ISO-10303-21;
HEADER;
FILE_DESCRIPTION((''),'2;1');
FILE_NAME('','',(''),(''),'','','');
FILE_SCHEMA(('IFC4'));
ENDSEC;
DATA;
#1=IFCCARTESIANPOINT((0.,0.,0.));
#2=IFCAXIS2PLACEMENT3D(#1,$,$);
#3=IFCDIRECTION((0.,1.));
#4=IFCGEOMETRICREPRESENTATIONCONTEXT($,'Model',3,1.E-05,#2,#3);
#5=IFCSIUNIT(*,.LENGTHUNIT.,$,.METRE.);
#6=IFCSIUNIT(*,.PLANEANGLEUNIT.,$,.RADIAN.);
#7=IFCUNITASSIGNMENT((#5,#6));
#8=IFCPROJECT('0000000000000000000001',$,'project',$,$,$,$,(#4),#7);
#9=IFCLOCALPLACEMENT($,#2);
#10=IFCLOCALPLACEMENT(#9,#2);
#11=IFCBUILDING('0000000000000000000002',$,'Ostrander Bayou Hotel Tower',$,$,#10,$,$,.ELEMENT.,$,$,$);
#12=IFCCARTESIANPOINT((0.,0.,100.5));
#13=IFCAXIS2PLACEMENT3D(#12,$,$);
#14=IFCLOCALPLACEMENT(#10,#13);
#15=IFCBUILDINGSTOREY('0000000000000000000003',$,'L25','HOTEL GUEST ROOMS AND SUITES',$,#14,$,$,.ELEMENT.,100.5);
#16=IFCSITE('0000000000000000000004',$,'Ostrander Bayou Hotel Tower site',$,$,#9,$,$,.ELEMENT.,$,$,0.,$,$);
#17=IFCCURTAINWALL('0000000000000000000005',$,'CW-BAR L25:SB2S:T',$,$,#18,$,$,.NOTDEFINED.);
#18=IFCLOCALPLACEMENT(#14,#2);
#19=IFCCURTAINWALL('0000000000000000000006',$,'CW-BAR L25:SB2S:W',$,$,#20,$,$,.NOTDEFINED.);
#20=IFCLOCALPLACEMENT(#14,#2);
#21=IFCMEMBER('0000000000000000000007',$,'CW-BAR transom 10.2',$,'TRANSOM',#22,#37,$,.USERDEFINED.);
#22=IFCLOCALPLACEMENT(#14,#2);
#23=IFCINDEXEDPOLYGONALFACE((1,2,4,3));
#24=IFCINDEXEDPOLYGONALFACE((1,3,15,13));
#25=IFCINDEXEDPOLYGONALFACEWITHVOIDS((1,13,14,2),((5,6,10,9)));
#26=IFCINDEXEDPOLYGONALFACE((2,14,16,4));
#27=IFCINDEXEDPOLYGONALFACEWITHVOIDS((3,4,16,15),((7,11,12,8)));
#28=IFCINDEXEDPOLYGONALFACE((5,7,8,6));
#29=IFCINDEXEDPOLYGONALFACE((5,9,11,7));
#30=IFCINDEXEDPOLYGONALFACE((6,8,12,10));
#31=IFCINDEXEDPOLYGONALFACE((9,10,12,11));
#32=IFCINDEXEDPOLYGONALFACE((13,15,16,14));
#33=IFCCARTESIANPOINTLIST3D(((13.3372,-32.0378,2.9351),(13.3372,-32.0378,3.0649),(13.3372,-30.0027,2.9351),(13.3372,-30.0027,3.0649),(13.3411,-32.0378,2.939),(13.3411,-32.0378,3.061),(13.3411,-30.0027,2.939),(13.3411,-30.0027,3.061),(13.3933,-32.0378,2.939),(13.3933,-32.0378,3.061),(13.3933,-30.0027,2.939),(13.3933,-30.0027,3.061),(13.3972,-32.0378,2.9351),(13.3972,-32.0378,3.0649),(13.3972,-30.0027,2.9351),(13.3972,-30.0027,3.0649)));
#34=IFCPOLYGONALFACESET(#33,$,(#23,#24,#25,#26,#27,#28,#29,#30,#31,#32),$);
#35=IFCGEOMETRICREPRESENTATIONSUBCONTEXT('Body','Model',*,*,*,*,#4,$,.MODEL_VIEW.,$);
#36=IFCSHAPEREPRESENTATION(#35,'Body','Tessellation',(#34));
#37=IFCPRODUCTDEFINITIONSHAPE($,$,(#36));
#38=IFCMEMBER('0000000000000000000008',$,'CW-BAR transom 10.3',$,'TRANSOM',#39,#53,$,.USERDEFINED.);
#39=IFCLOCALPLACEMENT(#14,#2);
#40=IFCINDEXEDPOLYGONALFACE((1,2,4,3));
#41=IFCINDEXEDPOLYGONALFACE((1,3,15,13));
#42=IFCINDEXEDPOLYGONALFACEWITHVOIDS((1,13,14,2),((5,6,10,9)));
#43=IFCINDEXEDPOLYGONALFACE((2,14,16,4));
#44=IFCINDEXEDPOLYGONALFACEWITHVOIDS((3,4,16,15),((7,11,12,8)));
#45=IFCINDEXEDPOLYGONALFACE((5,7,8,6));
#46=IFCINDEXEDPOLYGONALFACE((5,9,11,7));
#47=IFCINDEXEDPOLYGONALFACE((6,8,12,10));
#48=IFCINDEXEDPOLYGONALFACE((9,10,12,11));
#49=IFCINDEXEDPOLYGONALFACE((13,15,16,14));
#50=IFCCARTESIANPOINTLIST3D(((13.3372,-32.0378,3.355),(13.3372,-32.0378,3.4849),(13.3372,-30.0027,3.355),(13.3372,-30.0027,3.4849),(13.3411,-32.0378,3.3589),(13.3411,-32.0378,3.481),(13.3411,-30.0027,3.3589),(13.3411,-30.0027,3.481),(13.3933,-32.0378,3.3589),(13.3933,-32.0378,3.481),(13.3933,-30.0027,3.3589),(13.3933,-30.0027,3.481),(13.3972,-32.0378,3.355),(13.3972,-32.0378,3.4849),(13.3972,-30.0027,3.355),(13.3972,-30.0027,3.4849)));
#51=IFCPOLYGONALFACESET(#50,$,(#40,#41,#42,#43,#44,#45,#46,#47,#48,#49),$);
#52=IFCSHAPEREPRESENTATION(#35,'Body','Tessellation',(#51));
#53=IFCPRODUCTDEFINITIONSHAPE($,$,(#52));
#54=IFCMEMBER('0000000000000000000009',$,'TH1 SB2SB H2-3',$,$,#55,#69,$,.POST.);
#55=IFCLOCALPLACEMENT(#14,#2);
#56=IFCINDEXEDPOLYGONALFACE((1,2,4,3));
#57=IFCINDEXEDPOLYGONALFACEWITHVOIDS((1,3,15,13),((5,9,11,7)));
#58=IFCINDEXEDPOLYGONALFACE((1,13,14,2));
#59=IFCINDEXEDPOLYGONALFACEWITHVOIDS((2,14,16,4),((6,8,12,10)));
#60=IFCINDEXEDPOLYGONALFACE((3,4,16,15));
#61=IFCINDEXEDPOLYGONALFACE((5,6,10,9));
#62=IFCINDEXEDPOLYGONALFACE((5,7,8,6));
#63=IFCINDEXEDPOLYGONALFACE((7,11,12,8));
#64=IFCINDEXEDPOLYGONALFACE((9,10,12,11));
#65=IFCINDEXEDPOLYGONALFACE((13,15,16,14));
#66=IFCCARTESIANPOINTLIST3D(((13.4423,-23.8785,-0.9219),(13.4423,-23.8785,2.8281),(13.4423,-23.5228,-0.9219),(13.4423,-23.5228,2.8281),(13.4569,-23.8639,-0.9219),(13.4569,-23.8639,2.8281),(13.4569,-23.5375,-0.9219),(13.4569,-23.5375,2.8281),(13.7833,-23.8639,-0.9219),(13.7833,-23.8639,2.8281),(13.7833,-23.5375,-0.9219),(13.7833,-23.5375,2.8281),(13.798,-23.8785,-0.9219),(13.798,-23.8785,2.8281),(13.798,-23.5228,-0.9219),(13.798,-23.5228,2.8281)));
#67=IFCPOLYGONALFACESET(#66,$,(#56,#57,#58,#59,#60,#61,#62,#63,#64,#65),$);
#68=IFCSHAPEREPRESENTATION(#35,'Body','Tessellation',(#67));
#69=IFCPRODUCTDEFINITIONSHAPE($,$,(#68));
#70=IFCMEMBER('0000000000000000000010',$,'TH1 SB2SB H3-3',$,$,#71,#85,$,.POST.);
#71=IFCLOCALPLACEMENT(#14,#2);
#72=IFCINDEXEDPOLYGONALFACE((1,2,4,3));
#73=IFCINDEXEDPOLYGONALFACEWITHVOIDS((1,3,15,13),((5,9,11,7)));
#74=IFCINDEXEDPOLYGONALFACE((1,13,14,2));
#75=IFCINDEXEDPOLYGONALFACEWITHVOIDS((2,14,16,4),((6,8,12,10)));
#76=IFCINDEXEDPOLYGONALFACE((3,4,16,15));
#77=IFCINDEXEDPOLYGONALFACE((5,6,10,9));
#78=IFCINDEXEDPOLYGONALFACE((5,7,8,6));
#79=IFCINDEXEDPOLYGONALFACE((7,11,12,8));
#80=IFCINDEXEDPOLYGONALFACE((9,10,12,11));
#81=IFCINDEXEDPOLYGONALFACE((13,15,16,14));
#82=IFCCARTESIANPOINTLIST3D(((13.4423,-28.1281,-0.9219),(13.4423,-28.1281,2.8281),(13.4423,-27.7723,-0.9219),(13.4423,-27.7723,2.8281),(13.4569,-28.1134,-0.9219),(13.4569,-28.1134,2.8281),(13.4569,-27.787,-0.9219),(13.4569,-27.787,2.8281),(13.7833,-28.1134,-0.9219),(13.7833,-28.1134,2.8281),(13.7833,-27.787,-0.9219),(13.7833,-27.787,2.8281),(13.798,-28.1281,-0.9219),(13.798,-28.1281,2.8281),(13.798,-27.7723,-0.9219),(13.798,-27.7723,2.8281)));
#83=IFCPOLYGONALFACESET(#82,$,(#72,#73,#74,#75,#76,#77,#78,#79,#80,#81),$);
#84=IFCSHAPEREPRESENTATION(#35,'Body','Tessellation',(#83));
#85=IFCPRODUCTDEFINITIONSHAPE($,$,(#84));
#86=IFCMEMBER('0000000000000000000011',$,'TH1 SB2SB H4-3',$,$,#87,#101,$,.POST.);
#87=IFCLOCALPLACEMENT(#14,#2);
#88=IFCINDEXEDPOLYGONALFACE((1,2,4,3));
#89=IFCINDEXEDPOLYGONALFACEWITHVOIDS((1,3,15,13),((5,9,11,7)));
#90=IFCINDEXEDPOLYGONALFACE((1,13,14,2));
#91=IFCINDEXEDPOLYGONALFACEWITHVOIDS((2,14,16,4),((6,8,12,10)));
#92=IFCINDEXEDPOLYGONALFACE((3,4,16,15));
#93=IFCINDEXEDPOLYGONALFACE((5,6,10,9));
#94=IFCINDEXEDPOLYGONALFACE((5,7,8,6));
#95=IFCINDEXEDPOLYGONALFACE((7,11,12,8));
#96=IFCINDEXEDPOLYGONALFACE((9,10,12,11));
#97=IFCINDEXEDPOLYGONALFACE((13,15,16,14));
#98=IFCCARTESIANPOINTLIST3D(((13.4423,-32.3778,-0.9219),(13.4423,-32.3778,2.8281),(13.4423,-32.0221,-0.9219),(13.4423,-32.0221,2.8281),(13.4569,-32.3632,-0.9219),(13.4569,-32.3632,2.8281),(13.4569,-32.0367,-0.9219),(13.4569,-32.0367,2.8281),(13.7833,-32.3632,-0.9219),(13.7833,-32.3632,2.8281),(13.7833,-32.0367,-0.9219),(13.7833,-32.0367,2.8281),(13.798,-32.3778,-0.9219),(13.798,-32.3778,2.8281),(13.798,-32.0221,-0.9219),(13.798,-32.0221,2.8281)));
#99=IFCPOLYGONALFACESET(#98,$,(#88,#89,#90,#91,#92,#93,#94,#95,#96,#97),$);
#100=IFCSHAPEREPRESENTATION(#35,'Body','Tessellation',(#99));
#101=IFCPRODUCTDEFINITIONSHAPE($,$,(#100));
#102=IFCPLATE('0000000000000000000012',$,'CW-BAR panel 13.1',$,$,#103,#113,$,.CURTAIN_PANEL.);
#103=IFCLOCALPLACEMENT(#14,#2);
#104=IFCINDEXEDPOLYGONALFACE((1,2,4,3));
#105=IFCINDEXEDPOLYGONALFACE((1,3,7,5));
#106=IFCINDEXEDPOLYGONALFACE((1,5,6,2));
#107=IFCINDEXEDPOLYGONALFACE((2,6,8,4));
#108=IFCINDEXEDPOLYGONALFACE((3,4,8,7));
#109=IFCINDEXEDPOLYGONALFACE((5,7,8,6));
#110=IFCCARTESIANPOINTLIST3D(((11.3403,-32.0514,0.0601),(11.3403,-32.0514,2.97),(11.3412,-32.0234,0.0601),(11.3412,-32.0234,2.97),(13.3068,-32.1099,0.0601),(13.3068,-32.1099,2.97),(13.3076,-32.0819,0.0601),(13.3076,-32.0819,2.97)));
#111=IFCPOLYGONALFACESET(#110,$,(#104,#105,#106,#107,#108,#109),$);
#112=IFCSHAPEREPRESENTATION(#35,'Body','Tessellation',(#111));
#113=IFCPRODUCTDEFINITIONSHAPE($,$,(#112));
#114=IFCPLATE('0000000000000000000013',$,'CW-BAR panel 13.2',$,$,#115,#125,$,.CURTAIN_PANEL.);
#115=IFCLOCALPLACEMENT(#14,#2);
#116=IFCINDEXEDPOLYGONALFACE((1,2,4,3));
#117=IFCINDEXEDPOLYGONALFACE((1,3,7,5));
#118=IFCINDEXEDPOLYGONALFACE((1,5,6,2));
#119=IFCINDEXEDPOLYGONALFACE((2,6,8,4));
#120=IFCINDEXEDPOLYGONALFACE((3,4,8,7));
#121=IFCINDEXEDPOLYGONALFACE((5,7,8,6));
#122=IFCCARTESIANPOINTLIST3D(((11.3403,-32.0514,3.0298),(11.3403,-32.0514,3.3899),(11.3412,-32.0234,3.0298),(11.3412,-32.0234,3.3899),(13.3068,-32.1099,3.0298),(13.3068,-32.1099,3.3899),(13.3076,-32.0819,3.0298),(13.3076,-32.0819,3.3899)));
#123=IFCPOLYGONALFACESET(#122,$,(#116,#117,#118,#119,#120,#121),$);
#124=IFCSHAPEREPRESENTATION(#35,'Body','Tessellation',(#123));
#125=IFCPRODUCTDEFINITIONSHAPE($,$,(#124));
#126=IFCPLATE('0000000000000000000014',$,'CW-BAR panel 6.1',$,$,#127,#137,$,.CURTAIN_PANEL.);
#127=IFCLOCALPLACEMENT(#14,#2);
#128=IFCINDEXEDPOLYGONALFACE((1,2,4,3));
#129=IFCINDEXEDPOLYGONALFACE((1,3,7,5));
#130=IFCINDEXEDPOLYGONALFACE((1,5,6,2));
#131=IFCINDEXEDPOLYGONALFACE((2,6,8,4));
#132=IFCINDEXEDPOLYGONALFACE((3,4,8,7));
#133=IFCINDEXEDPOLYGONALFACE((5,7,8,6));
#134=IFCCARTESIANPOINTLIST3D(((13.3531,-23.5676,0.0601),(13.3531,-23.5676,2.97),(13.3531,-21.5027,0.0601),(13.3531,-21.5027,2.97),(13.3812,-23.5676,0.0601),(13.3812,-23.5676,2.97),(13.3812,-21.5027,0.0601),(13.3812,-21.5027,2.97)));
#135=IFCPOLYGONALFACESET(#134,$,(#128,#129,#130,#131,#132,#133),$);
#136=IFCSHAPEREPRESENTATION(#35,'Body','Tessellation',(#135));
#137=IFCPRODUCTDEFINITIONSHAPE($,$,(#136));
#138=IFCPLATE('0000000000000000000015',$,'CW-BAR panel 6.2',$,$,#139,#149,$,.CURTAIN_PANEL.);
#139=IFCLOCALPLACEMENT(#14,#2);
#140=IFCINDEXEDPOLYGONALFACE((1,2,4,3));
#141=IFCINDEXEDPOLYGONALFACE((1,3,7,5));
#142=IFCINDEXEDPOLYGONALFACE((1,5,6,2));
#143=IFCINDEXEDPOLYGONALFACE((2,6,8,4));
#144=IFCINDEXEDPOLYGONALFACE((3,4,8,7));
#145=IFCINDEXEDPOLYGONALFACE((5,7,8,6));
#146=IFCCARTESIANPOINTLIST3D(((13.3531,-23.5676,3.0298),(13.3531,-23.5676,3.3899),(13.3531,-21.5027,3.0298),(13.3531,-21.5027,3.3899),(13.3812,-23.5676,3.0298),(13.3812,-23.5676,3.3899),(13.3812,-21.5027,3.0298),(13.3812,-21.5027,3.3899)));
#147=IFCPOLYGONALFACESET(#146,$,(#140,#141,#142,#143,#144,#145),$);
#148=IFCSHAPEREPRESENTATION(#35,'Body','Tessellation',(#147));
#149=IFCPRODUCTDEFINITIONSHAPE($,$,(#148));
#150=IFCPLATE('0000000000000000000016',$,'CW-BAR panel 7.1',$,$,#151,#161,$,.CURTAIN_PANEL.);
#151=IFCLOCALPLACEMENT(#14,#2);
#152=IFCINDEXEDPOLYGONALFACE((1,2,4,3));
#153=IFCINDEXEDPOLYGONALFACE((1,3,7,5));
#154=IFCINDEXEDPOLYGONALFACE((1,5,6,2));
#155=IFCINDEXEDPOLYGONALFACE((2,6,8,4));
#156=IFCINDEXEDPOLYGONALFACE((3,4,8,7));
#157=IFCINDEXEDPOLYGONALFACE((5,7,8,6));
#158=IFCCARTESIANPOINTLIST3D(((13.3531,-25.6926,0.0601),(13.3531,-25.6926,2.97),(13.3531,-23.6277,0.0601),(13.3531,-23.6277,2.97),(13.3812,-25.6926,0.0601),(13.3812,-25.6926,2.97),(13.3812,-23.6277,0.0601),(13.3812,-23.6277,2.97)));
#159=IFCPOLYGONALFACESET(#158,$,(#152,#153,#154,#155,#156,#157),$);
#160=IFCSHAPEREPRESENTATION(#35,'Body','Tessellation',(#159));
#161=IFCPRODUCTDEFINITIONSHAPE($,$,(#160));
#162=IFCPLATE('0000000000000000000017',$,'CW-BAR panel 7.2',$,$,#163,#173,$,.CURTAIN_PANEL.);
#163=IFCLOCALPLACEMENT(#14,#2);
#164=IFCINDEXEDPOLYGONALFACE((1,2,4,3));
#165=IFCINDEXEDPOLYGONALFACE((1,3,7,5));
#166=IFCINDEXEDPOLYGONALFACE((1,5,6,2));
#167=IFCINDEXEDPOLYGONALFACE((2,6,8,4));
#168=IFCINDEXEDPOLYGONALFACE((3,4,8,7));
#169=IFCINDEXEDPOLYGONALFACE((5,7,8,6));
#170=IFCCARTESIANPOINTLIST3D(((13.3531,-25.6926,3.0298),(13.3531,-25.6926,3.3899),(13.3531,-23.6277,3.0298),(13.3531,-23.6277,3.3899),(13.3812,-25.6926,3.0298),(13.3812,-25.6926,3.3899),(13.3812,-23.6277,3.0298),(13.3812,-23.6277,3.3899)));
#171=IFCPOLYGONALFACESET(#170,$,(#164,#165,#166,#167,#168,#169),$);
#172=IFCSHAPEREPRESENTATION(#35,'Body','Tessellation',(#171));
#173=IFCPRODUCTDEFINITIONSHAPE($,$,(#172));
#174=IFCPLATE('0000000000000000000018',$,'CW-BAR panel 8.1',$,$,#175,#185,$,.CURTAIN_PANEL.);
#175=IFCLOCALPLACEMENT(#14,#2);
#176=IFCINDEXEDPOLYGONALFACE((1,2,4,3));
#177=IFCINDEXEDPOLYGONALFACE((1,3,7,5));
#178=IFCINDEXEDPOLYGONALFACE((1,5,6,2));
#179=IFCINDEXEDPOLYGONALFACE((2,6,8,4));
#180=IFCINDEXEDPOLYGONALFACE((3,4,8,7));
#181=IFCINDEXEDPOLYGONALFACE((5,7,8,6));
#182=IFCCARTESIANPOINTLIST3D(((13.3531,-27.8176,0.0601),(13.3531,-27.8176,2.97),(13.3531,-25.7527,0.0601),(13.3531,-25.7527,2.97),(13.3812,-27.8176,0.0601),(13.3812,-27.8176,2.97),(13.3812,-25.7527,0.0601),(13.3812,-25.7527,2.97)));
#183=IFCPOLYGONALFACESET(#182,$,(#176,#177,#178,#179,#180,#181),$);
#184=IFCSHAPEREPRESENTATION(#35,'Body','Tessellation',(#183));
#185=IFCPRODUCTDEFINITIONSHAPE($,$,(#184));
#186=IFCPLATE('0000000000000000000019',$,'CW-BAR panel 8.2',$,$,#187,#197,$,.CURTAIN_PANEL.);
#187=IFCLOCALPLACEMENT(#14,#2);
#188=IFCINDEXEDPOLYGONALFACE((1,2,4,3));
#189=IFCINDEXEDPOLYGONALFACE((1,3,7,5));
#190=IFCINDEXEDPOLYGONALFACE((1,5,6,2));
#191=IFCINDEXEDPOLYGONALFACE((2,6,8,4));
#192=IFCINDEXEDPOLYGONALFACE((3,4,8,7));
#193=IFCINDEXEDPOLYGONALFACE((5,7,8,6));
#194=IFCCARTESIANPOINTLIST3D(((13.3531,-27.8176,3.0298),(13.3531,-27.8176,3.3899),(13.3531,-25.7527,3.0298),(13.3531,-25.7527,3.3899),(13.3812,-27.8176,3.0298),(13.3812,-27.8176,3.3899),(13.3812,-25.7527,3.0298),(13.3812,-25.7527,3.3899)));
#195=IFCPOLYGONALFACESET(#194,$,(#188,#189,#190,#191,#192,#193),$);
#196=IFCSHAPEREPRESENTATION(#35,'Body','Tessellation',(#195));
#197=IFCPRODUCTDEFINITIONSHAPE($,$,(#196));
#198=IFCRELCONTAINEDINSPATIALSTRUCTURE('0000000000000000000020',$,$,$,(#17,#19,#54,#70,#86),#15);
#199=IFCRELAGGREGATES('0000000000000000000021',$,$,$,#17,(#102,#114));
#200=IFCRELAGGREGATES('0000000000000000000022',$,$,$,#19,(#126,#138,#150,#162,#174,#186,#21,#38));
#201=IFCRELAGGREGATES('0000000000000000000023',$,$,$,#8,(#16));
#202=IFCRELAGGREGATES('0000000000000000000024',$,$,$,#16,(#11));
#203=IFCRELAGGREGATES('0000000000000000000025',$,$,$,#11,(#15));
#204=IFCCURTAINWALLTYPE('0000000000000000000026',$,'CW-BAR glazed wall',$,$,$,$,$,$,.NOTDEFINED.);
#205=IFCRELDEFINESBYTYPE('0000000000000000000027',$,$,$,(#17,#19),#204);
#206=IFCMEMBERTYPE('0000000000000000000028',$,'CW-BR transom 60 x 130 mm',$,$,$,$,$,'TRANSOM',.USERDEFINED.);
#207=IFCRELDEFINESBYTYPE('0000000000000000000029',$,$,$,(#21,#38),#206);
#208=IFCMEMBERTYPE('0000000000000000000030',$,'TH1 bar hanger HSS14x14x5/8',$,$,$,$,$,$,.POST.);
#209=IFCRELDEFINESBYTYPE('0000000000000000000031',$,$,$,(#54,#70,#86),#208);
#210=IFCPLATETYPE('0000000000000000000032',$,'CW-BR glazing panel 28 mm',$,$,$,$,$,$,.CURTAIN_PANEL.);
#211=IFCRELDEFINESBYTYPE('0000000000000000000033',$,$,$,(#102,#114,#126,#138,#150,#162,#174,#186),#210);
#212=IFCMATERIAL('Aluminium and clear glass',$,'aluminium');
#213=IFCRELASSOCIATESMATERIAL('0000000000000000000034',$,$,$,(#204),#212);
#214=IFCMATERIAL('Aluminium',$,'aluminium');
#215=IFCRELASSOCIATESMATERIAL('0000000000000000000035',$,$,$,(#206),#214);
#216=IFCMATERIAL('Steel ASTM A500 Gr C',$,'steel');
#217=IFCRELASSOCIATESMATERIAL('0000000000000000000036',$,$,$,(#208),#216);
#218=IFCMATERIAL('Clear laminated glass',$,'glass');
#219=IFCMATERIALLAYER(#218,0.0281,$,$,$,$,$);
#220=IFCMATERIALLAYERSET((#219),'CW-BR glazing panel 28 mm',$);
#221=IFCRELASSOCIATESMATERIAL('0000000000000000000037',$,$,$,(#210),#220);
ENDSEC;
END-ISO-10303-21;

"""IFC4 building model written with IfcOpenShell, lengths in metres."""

from ifc_helpers import new_model, si_unit, direction, frame, origin, origin_2d, place, context, subcontext, project, spatial, rectangle, hollow_rectangle, extrude, material, layer, layer_set, material_profile, profile_set, type_object, element, aggregate, save


model = new_model("IFC4")

# Units and contexts
model_context = context("Model", 3, precision=1e-05, world=origin(), true_north=direction((0.0, 1.0)))
body_context = subcontext(model_context, "Body", "Model", "MODEL_VIEW")
ifc_project = project(units=[si_unit("LENGTHUNIT", "METRE"), si_unit("PLANEANGLEUNIT", "RADIAN")], contexts=[model_context])

# Site, building, storey
site_placement = place(None, origin())
site = spatial("IfcSite", under=ifc_project, at=site_placement, Name="Ostrander Bayou Hotel Tower site", CompositionType="ELEMENT", RefElevation=0.0)
building_placement = place(site_placement, origin())
building = spatial("IfcBuilding", under=site, at=building_placement, Name="Ostrander Bayou Hotel Tower", CompositionType="ELEMENT")
storey_placement = place(building_placement, frame((0.0, 0.0, 100.5)))
storey = spatial("IfcBuildingStorey", under=building, at=storey_placement, Name="L25", Description="HOTEL GUEST ROOMS AND SUITES", CompositionType="ELEMENT", Elevation=100.5)

# Curtain wall
ifc_material_1 = material(Name="Aluminium and clear glass", Category="aluminium")
curtain_wall_type = type_object("IfcCurtainWallType", Name="CW-BAR glazed wall", PredefinedType="NOTDEFINED", material=ifc_material_1)
curtain_wall_1_placement = place(storey_placement, origin())
curtain_wall_1 = element("IfcCurtainWall", 1, at=curtain_wall_1_placement, inside=storey, type_object=curtain_wall_type, Name="CW-BAR L25:SB2S:T", PredefinedType="NOTDEFINED")

# Curtain wall
curtain_wall_2_placement = place(storey_placement, origin())
curtain_wall_2 = element("IfcCurtainWall", 2, at=curtain_wall_2_placement, inside=storey, type_object=curtain_wall_type, Name="CW-BAR L25:SB2S:W", PredefinedType="NOTDEFINED")

# Members
ifc_material_2 = material(Name="Aluminium", Category="aluminium")
ifc_material_profile_1 = material_profile(ifc_material_2, hollow_rectangle(XDim=0.0601, YDim=0.1299, WallThickness=0.0039, at=origin_2d()))
ifc_profile_set_1 = profile_set([ifc_material_profile_1], Name="Aluminium")
member_type_1 = type_object("IfcMemberType", Name="CW-BR transom 60 x 130 mm", ElementType="TRANSOM", PredefinedType="USERDEFINED", material=ifc_profile_set_1)
member_1_placement = place(storey_placement, frame((13.3672, -30.0027, 3.0), z_axis=(0.0, -1.0, 0.0), x_axis=(1.0, 0.0, 0.0)))
member_1 = element("IfcMember", 3, at=member_1_placement, type_object=member_type_1, Name="CW-BAR transom 10.2", ObjectType="TRANSOM", PredefinedType="USERDEFINED", context=body_context, shape_type="SweptSolid", body=[
    extrude(hollow_rectangle(XDim=0.0601, YDim=0.1299, WallThickness=0.0039, at=origin_2d()), origin(), (0.0, 0.0, 1.0), 2.0352),
])
member_2_placement = place(storey_placement, frame((13.3672, -30.0027, 3.4199), z_axis=(0.0, -1.0, 0.0), x_axis=(1.0, 0.0, 0.0)))
member_2 = element("IfcMember", 4, at=member_2_placement, type_object=member_type_1, Name="CW-BAR transom 10.3", ObjectType="TRANSOM", PredefinedType="USERDEFINED", context=body_context, shape_type="SweptSolid", body=[
    extrude(hollow_rectangle(XDim=0.0601, YDim=0.1299, WallThickness=0.0039, at=origin_2d()), origin(), (0.0, 0.0, 1.0), 2.0352),
])

# Members
ifc_material_3 = material(Name="Steel ASTM A500 Gr C", Category="steel")
ifc_material_profile_2 = material_profile(ifc_material_3, hollow_rectangle(XDim=0.3557, YDim=0.3557, WallThickness=0.0146, at=origin_2d()))
ifc_profile_set_2 = profile_set([ifc_material_profile_2], Name="Steel ASTM A500 Gr C")
member_type_2 = type_object("IfcMemberType", Name="TH1 bar hanger HSS14x14x5/8", PredefinedType="POST", material=ifc_profile_set_2)
for number, where, z_axis, x_axis, name in (
    (5, (13.6201, -23.7007, -0.9219), (0.0, 0.0, 1.0), (1.0, 0.0, 0.0), "TH1 SB2SB H2-3"),
    (6, (13.6201, -27.9502, -0.9219), (0.0, 0.0, 1.0), (1.0, 0.0, 0.0), "TH1 SB2SB H3-3"),
    (7, (13.6201, -32.2, -0.9219), (0.0, 0.0, 1.0), (1.0, 0.0, 0.0), "TH1 SB2SB H4-3"),
):
    element("IfcMember", number, at=place(storey_placement, frame(where, z_axis=z_axis, x_axis=x_axis)), inside=storey, type_object=member_type_2, Name=name, PredefinedType="POST", context=body_context, shape_type="SweptSolid", body=[
        extrude(hollow_rectangle(XDim=0.3557, YDim=0.3557, WallThickness=0.0146, at=origin_2d()), origin(), (0.0, 0.0, 1.0), 3.75),
    ])

# Plates
ifc_material_4 = material(Name="Clear laminated glass", Category="glass")
ifc_layer = layer(ifc_material_4, 0.0281)
ifc_layer_set = layer_set([ifc_layer], Name="CW-BR glazing panel 28 mm")
plate_type = type_object("IfcPlateType", Name="CW-BR glazing panel 28 mm", PredefinedType="CURTAIN_PANEL", material=ifc_layer_set)
plate_1_placement = place(storey_placement, frame((12.324, -32.0667, 0.0601), z_axis=(0.0, 0.0, 1.0), x_axis=(0.999557, -0.029746, 0.0)))
plate_1 = element("IfcPlate", 8, at=plate_1_placement, type_object=plate_type, Name="CW-BAR panel 13.1", PredefinedType="CURTAIN_PANEL", context=body_context, shape_type="SweptSolid", body=[
    extrude(rectangle(XDim=1.9673, YDim=0.0281, at=origin_2d()), origin(), (0.0, 0.0, 1.0), 2.9099),
])
plate_2_placement = place(storey_placement, frame((12.324, -32.0667, 3.0298), z_axis=(0.0, 0.0, 1.0), x_axis=(0.999557, -0.029746, 0.0)))
plate_2 = element("IfcPlate", 9, at=plate_2_placement, type_object=plate_type, Name="CW-BAR panel 13.2", PredefinedType="CURTAIN_PANEL", context=body_context, shape_type="SweptSolid", body=[
    extrude(rectangle(XDim=1.9673, YDim=0.0281, at=origin_2d()), origin(), (0.0, 0.0, 1.0), 0.3601),
])
aggregate(curtain_wall_1, [plate_1, plate_2])
plate_3_placement = place(storey_placement, frame((13.3672, -22.5352, 0.0601), z_axis=(0.0, 0.0, 1.0), x_axis=(0.0, -1.0, 0.0)))
plate_3 = element("IfcPlate", 10, at=plate_3_placement, type_object=plate_type, Name="CW-BAR panel 6.1", PredefinedType="CURTAIN_PANEL", context=body_context, shape_type="SweptSolid", body=[
    extrude(rectangle(XDim=2.0649, YDim=0.0281, at=origin_2d()), origin(), (0.0, 0.0, 1.0), 2.9099),
])
plate_4_placement = place(storey_placement, frame((13.3672, -22.5352, 3.0298), z_axis=(0.0, 0.0, 1.0), x_axis=(0.0, -1.0, 0.0)))
plate_4 = element("IfcPlate", 11, at=plate_4_placement, type_object=plate_type, Name="CW-BAR panel 6.2", PredefinedType="CURTAIN_PANEL", context=body_context, shape_type="SweptSolid", body=[
    extrude(rectangle(XDim=2.0649, YDim=0.0281, at=origin_2d()), origin(), (0.0, 0.0, 1.0), 0.3601),
])
plate_5_placement = place(storey_placement, frame((13.3672, -24.6602, 0.0601), z_axis=(0.0, 0.0, 1.0), x_axis=(0.0, -1.0, 0.0)))
plate_5 = element("IfcPlate", 12, at=plate_5_placement, type_object=plate_type, Name="CW-BAR panel 7.1", PredefinedType="CURTAIN_PANEL", context=body_context, shape_type="SweptSolid", body=[
    extrude(rectangle(XDim=2.0649, YDim=0.0281, at=origin_2d()), origin(), (0.0, 0.0, 1.0), 2.9099),
])
plate_6_placement = place(storey_placement, frame((13.3672, -24.6602, 3.0298), z_axis=(0.0, 0.0, 1.0), x_axis=(0.0, -1.0, 0.0)))
plate_6 = element("IfcPlate", 13, at=plate_6_placement, type_object=plate_type, Name="CW-BAR panel 7.2", PredefinedType="CURTAIN_PANEL", context=body_context, shape_type="SweptSolid", body=[
    extrude(rectangle(XDim=2.0649, YDim=0.0281, at=origin_2d()), origin(), (0.0, 0.0, 1.0), 0.3601),
])
plate_7_placement = place(storey_placement, frame((13.3672, -26.7852, 0.0601), z_axis=(0.0, 0.0, 1.0), x_axis=(0.0, -1.0, 0.0)))
plate_7 = element("IfcPlate", 14, at=plate_7_placement, type_object=plate_type, Name="CW-BAR panel 8.1", PredefinedType="CURTAIN_PANEL", context=body_context, shape_type="SweptSolid", body=[
    extrude(rectangle(XDim=2.0649, YDim=0.0281, at=origin_2d()), origin(), (0.0, 0.0, 1.0), 2.9099),
])
plate_8_placement = place(storey_placement, frame((13.3672, -26.7852, 3.0298), z_axis=(0.0, 0.0, 1.0), x_axis=(0.0, -1.0, 0.0)))
plate_8 = element("IfcPlate", 15, at=plate_8_placement, type_object=plate_type, Name="CW-BAR panel 8.2", PredefinedType="CURTAIN_PANEL", context=body_context, shape_type="SweptSolid", body=[
    extrude(rectangle(XDim=2.0649, YDim=0.0281, at=origin_2d()), origin(), (0.0, 0.0, 1.0), 0.3601),
])
aggregate(curtain_wall_2, [plate_3, plate_4, plate_5, plate_6, plate_7, plate_8, member_1, member_2])

save(model, "model.ifc")
